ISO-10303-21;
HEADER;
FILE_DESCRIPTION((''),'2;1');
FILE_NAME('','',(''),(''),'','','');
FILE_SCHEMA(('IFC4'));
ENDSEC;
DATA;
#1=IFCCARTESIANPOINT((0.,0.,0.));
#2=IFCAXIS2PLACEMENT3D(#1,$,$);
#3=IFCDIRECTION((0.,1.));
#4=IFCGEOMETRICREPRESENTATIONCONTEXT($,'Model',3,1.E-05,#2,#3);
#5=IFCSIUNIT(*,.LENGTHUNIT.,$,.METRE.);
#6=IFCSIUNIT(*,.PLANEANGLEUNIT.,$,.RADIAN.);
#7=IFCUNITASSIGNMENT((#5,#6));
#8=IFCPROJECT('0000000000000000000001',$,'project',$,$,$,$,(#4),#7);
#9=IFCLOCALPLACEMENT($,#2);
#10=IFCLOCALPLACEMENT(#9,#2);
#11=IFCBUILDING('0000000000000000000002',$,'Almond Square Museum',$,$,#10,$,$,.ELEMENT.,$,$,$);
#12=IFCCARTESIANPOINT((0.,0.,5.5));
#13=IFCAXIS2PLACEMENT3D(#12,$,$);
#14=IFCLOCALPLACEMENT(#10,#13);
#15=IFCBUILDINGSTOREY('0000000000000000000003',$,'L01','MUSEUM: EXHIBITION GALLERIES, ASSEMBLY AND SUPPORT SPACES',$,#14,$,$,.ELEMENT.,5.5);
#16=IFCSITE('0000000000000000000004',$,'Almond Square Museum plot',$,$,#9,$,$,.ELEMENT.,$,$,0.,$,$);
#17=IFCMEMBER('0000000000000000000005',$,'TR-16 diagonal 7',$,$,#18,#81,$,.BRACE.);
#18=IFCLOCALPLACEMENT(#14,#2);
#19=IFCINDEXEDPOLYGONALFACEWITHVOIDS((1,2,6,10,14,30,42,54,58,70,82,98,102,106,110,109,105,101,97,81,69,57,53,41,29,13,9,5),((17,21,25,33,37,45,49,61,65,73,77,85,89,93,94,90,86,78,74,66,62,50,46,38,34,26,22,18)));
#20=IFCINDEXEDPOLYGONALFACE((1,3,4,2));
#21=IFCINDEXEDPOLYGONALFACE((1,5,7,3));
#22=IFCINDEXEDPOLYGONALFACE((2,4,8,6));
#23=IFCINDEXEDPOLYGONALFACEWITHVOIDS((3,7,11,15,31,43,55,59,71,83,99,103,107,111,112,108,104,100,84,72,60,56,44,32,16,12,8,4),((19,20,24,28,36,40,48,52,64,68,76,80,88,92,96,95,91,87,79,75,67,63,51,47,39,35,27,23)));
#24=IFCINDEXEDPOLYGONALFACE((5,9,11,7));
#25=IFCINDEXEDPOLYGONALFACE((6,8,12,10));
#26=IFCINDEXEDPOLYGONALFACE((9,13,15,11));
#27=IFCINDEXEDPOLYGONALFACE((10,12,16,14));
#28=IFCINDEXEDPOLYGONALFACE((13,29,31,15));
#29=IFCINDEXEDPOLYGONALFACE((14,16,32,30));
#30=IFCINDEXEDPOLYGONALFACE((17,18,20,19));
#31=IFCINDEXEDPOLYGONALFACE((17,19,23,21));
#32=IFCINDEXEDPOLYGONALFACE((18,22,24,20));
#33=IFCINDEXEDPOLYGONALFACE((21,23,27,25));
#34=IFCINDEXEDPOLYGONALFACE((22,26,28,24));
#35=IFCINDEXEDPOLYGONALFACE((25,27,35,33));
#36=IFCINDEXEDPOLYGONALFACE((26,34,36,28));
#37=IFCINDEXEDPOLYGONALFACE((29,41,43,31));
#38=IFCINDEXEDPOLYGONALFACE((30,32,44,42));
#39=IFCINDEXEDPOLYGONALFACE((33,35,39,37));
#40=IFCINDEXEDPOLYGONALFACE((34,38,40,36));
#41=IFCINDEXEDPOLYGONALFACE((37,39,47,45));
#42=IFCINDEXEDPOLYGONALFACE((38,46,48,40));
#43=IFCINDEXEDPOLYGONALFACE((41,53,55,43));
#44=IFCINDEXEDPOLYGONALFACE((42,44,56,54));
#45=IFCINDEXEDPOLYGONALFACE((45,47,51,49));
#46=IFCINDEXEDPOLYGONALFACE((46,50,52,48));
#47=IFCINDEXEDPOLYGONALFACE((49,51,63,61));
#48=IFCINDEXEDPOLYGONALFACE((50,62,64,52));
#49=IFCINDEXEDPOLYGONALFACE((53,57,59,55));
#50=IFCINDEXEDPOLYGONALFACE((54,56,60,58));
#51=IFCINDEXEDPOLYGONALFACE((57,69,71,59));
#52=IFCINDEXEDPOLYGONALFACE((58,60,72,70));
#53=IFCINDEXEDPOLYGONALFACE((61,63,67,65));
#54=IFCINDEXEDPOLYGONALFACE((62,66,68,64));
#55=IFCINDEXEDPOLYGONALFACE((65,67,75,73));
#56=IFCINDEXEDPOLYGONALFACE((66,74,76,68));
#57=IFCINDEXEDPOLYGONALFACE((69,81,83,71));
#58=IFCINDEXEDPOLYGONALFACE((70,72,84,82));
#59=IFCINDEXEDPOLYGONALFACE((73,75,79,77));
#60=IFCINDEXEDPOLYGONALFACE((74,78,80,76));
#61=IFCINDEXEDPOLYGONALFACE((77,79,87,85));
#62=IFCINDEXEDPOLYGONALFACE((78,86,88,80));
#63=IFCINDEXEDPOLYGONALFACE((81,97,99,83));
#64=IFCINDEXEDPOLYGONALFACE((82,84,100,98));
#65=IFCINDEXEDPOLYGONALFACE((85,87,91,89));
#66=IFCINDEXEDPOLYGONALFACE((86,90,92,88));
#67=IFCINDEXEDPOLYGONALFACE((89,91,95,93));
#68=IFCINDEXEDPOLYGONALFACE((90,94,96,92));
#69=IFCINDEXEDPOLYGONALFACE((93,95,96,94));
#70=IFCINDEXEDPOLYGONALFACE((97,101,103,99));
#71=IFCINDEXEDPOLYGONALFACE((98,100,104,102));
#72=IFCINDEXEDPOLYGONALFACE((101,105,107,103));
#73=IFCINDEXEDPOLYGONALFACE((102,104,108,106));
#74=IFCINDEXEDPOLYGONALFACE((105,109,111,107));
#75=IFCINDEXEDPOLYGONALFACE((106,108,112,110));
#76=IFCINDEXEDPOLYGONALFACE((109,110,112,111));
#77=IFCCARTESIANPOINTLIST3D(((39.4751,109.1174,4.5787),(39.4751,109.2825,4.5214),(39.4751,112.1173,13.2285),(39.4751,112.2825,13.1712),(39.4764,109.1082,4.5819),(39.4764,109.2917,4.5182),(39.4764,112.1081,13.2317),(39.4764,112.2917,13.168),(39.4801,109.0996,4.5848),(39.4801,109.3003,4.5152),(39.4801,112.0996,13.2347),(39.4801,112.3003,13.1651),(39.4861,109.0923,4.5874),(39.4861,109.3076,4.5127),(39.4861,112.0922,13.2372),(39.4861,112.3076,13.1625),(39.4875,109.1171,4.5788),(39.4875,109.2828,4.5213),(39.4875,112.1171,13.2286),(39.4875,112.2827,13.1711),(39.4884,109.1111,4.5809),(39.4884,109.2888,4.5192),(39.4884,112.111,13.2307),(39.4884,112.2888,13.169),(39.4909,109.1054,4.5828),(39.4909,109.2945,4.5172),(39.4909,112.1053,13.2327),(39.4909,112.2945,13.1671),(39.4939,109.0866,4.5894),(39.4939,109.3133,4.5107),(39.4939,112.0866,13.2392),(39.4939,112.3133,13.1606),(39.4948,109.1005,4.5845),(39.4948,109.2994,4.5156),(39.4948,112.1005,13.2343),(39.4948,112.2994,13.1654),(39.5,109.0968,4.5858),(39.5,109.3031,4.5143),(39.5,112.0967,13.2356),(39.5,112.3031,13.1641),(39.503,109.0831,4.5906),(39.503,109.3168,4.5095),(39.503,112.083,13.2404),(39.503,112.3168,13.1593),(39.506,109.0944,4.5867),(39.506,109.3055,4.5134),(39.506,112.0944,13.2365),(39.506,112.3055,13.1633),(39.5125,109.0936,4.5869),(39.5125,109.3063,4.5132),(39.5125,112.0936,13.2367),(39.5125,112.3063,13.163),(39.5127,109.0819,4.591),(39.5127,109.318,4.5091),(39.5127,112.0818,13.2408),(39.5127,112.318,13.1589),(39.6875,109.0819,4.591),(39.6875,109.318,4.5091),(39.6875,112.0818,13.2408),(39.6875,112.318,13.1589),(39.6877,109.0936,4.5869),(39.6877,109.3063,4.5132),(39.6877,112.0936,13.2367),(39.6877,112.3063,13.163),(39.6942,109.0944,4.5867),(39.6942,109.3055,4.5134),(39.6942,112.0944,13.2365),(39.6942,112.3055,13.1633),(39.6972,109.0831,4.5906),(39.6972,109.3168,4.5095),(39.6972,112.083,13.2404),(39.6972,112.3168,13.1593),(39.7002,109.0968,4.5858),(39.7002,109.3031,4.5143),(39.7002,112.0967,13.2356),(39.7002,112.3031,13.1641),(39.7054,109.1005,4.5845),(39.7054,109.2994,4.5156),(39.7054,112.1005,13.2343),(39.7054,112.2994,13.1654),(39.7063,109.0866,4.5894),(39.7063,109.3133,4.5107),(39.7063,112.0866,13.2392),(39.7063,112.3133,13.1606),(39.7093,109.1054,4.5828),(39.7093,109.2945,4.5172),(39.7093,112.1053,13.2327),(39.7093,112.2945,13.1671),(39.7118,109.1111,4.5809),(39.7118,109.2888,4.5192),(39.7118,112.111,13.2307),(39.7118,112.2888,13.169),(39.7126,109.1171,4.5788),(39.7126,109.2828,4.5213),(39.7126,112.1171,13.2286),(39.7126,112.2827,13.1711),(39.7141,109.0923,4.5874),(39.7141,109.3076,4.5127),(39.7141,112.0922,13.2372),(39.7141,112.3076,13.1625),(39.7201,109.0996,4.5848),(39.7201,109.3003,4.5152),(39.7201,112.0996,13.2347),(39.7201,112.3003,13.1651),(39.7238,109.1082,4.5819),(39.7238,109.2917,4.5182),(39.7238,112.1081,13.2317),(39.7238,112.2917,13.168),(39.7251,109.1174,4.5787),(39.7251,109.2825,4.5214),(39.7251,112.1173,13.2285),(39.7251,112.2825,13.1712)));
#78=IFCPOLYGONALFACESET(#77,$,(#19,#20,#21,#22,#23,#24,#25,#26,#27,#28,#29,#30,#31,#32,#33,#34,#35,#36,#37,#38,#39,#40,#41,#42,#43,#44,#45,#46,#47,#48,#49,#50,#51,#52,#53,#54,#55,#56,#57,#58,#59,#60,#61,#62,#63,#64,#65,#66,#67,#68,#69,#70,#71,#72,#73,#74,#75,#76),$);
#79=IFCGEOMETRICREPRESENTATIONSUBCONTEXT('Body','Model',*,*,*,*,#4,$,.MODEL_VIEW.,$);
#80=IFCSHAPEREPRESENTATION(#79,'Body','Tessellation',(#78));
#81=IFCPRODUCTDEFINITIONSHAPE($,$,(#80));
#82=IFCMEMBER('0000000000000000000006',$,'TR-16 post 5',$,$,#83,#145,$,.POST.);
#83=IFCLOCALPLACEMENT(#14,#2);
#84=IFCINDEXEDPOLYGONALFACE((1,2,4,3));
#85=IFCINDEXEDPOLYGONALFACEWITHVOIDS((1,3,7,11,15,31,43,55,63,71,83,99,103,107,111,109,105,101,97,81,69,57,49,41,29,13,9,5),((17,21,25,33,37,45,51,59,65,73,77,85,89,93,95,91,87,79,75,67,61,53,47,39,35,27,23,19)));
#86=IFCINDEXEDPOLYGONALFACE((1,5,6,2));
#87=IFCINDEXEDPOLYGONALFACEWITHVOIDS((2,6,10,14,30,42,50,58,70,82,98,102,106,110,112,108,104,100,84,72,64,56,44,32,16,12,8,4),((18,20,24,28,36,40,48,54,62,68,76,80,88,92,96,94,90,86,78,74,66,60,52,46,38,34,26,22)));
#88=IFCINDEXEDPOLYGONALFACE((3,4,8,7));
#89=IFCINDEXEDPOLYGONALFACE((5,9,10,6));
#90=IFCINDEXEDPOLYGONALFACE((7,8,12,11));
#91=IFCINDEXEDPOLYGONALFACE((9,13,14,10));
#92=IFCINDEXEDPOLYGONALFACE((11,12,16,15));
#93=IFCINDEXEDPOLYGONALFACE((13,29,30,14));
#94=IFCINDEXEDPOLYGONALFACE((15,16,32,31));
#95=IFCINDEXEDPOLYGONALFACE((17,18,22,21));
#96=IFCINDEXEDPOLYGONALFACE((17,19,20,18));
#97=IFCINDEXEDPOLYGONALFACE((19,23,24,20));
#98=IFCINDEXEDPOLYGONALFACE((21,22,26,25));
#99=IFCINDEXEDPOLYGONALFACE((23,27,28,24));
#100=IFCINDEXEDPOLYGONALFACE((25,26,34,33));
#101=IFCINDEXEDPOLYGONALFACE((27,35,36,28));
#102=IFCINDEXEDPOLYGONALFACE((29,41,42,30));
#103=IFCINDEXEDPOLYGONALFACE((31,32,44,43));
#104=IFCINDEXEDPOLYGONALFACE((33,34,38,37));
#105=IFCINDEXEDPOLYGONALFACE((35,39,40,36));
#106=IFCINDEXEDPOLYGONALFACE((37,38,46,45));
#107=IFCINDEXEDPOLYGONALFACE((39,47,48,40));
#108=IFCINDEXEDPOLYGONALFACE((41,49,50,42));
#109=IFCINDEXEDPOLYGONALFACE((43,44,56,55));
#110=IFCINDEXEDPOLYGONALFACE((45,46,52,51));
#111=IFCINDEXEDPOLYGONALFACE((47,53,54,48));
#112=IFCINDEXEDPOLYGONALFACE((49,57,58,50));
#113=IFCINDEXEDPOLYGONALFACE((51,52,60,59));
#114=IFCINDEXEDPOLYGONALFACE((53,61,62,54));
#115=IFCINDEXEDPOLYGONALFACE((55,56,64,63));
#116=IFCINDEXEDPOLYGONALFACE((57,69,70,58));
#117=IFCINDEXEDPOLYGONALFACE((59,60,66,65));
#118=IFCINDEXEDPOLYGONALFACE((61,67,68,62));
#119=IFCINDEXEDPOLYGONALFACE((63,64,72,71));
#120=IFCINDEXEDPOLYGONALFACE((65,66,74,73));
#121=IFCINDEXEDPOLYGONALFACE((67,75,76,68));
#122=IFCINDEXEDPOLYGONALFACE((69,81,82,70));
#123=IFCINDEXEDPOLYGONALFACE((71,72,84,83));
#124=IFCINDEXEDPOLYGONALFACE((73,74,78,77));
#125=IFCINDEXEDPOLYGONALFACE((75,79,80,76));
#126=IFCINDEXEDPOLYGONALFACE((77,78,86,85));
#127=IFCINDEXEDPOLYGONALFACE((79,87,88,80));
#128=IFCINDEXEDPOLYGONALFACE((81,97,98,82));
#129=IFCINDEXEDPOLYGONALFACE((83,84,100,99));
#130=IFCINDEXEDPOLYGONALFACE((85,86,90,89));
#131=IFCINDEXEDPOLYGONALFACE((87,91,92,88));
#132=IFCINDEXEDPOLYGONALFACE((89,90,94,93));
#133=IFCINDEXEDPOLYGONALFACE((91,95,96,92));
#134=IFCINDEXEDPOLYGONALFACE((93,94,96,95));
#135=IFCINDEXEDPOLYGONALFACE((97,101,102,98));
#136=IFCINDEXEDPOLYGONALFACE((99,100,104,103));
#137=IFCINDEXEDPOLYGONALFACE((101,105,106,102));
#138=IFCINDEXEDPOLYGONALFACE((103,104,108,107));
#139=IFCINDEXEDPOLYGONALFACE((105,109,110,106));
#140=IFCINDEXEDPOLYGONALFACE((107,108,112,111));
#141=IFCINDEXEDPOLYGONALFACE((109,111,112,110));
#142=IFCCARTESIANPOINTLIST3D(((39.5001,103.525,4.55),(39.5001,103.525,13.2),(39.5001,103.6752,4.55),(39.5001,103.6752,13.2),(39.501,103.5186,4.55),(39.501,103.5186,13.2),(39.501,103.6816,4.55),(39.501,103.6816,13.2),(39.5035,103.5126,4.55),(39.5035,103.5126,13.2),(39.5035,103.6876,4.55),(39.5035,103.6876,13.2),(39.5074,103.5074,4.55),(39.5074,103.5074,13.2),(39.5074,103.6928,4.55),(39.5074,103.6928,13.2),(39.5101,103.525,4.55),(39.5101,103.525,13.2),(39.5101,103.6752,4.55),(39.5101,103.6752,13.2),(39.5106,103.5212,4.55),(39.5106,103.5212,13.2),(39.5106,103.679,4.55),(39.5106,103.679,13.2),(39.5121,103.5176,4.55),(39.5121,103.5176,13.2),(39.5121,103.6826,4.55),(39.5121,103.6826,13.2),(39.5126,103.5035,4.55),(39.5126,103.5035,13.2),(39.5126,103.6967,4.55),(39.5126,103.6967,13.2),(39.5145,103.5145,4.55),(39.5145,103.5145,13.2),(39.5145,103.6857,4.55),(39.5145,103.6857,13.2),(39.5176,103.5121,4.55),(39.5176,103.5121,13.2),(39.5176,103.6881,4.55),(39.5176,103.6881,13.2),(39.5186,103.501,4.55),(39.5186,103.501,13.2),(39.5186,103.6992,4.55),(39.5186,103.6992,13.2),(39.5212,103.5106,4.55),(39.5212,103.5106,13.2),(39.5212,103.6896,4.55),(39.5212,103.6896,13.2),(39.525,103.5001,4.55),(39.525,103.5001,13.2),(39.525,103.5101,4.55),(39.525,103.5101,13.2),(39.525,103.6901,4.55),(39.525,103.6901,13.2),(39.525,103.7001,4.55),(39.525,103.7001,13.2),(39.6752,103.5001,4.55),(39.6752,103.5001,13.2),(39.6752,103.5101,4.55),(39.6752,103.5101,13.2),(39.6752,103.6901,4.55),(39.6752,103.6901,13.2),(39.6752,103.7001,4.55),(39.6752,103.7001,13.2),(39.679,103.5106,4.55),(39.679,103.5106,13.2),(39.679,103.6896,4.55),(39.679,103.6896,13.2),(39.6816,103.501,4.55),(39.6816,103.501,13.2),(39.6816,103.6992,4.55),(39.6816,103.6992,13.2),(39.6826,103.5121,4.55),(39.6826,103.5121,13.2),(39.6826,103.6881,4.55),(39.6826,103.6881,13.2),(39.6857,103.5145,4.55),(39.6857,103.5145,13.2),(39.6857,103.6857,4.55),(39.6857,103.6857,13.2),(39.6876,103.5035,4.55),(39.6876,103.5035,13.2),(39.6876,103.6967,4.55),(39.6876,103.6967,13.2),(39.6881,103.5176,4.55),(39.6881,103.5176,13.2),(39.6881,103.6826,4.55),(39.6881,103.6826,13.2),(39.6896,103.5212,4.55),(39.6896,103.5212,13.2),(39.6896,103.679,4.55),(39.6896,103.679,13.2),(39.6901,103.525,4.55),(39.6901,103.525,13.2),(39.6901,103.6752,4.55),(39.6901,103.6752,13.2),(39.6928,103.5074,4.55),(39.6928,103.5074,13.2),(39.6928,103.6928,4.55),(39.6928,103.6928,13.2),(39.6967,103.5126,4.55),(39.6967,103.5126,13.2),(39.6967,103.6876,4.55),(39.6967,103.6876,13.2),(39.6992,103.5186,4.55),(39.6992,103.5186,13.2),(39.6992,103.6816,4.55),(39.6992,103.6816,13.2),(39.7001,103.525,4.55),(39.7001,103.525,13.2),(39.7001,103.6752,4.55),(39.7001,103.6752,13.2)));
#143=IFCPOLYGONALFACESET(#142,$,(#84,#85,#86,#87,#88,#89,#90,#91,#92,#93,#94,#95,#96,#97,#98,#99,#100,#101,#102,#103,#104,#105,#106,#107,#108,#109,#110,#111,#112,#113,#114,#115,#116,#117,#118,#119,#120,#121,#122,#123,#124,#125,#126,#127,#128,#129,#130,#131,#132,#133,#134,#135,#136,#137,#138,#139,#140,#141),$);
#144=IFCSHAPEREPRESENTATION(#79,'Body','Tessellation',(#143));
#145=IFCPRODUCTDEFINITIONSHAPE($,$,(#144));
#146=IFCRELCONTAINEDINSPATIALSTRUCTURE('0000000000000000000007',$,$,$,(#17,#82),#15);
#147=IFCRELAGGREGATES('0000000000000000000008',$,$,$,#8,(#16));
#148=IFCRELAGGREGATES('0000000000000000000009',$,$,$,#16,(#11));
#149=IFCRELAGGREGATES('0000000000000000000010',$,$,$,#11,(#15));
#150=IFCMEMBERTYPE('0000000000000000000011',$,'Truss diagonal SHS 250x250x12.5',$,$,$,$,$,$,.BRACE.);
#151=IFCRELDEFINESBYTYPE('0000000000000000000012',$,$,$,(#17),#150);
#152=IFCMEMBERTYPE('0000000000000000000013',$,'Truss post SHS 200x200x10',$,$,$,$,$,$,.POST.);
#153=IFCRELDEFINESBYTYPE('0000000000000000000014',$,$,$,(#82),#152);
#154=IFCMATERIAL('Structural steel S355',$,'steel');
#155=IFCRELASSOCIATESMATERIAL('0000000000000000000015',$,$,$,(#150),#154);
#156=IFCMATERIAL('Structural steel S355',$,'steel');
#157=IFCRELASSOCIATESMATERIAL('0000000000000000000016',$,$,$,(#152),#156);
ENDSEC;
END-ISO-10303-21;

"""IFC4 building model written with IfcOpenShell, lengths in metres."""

from ifc_helpers import new_model, si_unit, direction, frame, origin, origin_2d, place, context, subcontext, project, spatial, hollow_rectangle, extrude, material, material_profile, profile_set, type_object, element, save


model = new_model("IFC4")

# Units and contexts
model_context = context("Model", 3, precision=1e-05, world=origin(), true_north=direction((0.0, 1.0)))
body_context = subcontext(model_context, "Body", "Model", "MODEL_VIEW")
ifc_project = project(units=[si_unit("LENGTHUNIT", "METRE"), si_unit("PLANEANGLEUNIT", "RADIAN")], contexts=[model_context])

# Site, building, storey
site_placement = place(None, origin())
site = spatial("IfcSite", under=ifc_project, at=site_placement, Name="Almond Square Museum plot", CompositionType="ELEMENT", RefElevation=0.0)
building_placement = place(site_placement, origin())
building = spatial("IfcBuilding", under=site, at=building_placement, Name="Almond Square Museum", CompositionType="ELEMENT")
storey_placement = place(building_placement, frame((0.0, 0.0, 5.5)))
storey = spatial("IfcBuildingStorey", under=building, at=storey_placement, Name="L01", Description="MUSEUM: EXHIBITION GALLERIES, ASSEMBLY AND SUPPORT SPACES", CompositionType="ELEMENT", Elevation=5.5)

# Members
ifc_material_1 = material(Name="Structural steel S355", Category="steel")
ifc_material_profile_1 = material_profile(ifc_material_1, hollow_rectangle(XDim=0.25, YDim=0.25, WallThickness=0.0125, InnerFilletRadius=0.0249, OuterFilletRadius=0.0376, at=origin_2d()))
ifc_profile_set_1 = profile_set([ifc_material_profile_1], Name="Structural steel S355")
member_type_1 = type_object("IfcMemberType", Name="Truss diagonal SHS 250x250x12.5", PredefinedType="BRACE", material=ifc_profile_set_1)
member_1_placement = place(storey_placement, frame((39.6001, 109.2, 4.55), z_axis=(0.0, 0.327677, 0.94479), x_axis=(-1.0, 0.0, 0.0)))
element("IfcMember", 1, at=member_1_placement, inside=storey, type_object=member_type_1, Name="TR-16 diagonal 7", PredefinedType="BRACE", context=body_context, shape_type="SweptSolid", body=[
    extrude(hollow_rectangle(XDim=0.25, YDim=0.25, WallThickness=0.0125, InnerFilletRadius=0.0249, OuterFilletRadius=0.0376, at=origin_2d()), origin(), (0.0, 0.0, 1.0), 9.1553),
])
ifc_material_2 = material(Name="Structural steel S355", Category="steel")
ifc_material_profile_2 = material_profile(ifc_material_2, hollow_rectangle(XDim=0.2, YDim=0.2, WallThickness=0.01, InnerFilletRadius=0.0149, OuterFilletRadius=0.0249, at=origin_2d()))
ifc_profile_set_2 = profile_set([ifc_material_profile_2], Name="Structural steel S355")
member_type_2 = type_object("IfcMemberType", Name="Truss post SHS 200x200x10", PredefinedType="POST", material=ifc_profile_set_2)
for number, where, z_axis, x_axis, name in (
    (2, (39.6001, 103.6001, 4.55), (0.0, 0.0, 1.0), (1.0, 0.0, 0.0), "TR-16 post 5"),
):
    element("IfcMember", number, at=place(storey_placement, frame(where, z_axis=z_axis, x_axis=x_axis)), inside=storey, type_object=member_type_2, Name=name, PredefinedType="POST", context=body_context, shape_type="SweptSolid", body=[
        extrude(hollow_rectangle(XDim=0.2, YDim=0.2, WallThickness=0.01, InnerFilletRadius=0.0149, OuterFilletRadius=0.0249, at=origin_2d()), origin(), (0.0, 0.0, 1.0), 8.6499),
    ])

save(model, "model.ifc")
